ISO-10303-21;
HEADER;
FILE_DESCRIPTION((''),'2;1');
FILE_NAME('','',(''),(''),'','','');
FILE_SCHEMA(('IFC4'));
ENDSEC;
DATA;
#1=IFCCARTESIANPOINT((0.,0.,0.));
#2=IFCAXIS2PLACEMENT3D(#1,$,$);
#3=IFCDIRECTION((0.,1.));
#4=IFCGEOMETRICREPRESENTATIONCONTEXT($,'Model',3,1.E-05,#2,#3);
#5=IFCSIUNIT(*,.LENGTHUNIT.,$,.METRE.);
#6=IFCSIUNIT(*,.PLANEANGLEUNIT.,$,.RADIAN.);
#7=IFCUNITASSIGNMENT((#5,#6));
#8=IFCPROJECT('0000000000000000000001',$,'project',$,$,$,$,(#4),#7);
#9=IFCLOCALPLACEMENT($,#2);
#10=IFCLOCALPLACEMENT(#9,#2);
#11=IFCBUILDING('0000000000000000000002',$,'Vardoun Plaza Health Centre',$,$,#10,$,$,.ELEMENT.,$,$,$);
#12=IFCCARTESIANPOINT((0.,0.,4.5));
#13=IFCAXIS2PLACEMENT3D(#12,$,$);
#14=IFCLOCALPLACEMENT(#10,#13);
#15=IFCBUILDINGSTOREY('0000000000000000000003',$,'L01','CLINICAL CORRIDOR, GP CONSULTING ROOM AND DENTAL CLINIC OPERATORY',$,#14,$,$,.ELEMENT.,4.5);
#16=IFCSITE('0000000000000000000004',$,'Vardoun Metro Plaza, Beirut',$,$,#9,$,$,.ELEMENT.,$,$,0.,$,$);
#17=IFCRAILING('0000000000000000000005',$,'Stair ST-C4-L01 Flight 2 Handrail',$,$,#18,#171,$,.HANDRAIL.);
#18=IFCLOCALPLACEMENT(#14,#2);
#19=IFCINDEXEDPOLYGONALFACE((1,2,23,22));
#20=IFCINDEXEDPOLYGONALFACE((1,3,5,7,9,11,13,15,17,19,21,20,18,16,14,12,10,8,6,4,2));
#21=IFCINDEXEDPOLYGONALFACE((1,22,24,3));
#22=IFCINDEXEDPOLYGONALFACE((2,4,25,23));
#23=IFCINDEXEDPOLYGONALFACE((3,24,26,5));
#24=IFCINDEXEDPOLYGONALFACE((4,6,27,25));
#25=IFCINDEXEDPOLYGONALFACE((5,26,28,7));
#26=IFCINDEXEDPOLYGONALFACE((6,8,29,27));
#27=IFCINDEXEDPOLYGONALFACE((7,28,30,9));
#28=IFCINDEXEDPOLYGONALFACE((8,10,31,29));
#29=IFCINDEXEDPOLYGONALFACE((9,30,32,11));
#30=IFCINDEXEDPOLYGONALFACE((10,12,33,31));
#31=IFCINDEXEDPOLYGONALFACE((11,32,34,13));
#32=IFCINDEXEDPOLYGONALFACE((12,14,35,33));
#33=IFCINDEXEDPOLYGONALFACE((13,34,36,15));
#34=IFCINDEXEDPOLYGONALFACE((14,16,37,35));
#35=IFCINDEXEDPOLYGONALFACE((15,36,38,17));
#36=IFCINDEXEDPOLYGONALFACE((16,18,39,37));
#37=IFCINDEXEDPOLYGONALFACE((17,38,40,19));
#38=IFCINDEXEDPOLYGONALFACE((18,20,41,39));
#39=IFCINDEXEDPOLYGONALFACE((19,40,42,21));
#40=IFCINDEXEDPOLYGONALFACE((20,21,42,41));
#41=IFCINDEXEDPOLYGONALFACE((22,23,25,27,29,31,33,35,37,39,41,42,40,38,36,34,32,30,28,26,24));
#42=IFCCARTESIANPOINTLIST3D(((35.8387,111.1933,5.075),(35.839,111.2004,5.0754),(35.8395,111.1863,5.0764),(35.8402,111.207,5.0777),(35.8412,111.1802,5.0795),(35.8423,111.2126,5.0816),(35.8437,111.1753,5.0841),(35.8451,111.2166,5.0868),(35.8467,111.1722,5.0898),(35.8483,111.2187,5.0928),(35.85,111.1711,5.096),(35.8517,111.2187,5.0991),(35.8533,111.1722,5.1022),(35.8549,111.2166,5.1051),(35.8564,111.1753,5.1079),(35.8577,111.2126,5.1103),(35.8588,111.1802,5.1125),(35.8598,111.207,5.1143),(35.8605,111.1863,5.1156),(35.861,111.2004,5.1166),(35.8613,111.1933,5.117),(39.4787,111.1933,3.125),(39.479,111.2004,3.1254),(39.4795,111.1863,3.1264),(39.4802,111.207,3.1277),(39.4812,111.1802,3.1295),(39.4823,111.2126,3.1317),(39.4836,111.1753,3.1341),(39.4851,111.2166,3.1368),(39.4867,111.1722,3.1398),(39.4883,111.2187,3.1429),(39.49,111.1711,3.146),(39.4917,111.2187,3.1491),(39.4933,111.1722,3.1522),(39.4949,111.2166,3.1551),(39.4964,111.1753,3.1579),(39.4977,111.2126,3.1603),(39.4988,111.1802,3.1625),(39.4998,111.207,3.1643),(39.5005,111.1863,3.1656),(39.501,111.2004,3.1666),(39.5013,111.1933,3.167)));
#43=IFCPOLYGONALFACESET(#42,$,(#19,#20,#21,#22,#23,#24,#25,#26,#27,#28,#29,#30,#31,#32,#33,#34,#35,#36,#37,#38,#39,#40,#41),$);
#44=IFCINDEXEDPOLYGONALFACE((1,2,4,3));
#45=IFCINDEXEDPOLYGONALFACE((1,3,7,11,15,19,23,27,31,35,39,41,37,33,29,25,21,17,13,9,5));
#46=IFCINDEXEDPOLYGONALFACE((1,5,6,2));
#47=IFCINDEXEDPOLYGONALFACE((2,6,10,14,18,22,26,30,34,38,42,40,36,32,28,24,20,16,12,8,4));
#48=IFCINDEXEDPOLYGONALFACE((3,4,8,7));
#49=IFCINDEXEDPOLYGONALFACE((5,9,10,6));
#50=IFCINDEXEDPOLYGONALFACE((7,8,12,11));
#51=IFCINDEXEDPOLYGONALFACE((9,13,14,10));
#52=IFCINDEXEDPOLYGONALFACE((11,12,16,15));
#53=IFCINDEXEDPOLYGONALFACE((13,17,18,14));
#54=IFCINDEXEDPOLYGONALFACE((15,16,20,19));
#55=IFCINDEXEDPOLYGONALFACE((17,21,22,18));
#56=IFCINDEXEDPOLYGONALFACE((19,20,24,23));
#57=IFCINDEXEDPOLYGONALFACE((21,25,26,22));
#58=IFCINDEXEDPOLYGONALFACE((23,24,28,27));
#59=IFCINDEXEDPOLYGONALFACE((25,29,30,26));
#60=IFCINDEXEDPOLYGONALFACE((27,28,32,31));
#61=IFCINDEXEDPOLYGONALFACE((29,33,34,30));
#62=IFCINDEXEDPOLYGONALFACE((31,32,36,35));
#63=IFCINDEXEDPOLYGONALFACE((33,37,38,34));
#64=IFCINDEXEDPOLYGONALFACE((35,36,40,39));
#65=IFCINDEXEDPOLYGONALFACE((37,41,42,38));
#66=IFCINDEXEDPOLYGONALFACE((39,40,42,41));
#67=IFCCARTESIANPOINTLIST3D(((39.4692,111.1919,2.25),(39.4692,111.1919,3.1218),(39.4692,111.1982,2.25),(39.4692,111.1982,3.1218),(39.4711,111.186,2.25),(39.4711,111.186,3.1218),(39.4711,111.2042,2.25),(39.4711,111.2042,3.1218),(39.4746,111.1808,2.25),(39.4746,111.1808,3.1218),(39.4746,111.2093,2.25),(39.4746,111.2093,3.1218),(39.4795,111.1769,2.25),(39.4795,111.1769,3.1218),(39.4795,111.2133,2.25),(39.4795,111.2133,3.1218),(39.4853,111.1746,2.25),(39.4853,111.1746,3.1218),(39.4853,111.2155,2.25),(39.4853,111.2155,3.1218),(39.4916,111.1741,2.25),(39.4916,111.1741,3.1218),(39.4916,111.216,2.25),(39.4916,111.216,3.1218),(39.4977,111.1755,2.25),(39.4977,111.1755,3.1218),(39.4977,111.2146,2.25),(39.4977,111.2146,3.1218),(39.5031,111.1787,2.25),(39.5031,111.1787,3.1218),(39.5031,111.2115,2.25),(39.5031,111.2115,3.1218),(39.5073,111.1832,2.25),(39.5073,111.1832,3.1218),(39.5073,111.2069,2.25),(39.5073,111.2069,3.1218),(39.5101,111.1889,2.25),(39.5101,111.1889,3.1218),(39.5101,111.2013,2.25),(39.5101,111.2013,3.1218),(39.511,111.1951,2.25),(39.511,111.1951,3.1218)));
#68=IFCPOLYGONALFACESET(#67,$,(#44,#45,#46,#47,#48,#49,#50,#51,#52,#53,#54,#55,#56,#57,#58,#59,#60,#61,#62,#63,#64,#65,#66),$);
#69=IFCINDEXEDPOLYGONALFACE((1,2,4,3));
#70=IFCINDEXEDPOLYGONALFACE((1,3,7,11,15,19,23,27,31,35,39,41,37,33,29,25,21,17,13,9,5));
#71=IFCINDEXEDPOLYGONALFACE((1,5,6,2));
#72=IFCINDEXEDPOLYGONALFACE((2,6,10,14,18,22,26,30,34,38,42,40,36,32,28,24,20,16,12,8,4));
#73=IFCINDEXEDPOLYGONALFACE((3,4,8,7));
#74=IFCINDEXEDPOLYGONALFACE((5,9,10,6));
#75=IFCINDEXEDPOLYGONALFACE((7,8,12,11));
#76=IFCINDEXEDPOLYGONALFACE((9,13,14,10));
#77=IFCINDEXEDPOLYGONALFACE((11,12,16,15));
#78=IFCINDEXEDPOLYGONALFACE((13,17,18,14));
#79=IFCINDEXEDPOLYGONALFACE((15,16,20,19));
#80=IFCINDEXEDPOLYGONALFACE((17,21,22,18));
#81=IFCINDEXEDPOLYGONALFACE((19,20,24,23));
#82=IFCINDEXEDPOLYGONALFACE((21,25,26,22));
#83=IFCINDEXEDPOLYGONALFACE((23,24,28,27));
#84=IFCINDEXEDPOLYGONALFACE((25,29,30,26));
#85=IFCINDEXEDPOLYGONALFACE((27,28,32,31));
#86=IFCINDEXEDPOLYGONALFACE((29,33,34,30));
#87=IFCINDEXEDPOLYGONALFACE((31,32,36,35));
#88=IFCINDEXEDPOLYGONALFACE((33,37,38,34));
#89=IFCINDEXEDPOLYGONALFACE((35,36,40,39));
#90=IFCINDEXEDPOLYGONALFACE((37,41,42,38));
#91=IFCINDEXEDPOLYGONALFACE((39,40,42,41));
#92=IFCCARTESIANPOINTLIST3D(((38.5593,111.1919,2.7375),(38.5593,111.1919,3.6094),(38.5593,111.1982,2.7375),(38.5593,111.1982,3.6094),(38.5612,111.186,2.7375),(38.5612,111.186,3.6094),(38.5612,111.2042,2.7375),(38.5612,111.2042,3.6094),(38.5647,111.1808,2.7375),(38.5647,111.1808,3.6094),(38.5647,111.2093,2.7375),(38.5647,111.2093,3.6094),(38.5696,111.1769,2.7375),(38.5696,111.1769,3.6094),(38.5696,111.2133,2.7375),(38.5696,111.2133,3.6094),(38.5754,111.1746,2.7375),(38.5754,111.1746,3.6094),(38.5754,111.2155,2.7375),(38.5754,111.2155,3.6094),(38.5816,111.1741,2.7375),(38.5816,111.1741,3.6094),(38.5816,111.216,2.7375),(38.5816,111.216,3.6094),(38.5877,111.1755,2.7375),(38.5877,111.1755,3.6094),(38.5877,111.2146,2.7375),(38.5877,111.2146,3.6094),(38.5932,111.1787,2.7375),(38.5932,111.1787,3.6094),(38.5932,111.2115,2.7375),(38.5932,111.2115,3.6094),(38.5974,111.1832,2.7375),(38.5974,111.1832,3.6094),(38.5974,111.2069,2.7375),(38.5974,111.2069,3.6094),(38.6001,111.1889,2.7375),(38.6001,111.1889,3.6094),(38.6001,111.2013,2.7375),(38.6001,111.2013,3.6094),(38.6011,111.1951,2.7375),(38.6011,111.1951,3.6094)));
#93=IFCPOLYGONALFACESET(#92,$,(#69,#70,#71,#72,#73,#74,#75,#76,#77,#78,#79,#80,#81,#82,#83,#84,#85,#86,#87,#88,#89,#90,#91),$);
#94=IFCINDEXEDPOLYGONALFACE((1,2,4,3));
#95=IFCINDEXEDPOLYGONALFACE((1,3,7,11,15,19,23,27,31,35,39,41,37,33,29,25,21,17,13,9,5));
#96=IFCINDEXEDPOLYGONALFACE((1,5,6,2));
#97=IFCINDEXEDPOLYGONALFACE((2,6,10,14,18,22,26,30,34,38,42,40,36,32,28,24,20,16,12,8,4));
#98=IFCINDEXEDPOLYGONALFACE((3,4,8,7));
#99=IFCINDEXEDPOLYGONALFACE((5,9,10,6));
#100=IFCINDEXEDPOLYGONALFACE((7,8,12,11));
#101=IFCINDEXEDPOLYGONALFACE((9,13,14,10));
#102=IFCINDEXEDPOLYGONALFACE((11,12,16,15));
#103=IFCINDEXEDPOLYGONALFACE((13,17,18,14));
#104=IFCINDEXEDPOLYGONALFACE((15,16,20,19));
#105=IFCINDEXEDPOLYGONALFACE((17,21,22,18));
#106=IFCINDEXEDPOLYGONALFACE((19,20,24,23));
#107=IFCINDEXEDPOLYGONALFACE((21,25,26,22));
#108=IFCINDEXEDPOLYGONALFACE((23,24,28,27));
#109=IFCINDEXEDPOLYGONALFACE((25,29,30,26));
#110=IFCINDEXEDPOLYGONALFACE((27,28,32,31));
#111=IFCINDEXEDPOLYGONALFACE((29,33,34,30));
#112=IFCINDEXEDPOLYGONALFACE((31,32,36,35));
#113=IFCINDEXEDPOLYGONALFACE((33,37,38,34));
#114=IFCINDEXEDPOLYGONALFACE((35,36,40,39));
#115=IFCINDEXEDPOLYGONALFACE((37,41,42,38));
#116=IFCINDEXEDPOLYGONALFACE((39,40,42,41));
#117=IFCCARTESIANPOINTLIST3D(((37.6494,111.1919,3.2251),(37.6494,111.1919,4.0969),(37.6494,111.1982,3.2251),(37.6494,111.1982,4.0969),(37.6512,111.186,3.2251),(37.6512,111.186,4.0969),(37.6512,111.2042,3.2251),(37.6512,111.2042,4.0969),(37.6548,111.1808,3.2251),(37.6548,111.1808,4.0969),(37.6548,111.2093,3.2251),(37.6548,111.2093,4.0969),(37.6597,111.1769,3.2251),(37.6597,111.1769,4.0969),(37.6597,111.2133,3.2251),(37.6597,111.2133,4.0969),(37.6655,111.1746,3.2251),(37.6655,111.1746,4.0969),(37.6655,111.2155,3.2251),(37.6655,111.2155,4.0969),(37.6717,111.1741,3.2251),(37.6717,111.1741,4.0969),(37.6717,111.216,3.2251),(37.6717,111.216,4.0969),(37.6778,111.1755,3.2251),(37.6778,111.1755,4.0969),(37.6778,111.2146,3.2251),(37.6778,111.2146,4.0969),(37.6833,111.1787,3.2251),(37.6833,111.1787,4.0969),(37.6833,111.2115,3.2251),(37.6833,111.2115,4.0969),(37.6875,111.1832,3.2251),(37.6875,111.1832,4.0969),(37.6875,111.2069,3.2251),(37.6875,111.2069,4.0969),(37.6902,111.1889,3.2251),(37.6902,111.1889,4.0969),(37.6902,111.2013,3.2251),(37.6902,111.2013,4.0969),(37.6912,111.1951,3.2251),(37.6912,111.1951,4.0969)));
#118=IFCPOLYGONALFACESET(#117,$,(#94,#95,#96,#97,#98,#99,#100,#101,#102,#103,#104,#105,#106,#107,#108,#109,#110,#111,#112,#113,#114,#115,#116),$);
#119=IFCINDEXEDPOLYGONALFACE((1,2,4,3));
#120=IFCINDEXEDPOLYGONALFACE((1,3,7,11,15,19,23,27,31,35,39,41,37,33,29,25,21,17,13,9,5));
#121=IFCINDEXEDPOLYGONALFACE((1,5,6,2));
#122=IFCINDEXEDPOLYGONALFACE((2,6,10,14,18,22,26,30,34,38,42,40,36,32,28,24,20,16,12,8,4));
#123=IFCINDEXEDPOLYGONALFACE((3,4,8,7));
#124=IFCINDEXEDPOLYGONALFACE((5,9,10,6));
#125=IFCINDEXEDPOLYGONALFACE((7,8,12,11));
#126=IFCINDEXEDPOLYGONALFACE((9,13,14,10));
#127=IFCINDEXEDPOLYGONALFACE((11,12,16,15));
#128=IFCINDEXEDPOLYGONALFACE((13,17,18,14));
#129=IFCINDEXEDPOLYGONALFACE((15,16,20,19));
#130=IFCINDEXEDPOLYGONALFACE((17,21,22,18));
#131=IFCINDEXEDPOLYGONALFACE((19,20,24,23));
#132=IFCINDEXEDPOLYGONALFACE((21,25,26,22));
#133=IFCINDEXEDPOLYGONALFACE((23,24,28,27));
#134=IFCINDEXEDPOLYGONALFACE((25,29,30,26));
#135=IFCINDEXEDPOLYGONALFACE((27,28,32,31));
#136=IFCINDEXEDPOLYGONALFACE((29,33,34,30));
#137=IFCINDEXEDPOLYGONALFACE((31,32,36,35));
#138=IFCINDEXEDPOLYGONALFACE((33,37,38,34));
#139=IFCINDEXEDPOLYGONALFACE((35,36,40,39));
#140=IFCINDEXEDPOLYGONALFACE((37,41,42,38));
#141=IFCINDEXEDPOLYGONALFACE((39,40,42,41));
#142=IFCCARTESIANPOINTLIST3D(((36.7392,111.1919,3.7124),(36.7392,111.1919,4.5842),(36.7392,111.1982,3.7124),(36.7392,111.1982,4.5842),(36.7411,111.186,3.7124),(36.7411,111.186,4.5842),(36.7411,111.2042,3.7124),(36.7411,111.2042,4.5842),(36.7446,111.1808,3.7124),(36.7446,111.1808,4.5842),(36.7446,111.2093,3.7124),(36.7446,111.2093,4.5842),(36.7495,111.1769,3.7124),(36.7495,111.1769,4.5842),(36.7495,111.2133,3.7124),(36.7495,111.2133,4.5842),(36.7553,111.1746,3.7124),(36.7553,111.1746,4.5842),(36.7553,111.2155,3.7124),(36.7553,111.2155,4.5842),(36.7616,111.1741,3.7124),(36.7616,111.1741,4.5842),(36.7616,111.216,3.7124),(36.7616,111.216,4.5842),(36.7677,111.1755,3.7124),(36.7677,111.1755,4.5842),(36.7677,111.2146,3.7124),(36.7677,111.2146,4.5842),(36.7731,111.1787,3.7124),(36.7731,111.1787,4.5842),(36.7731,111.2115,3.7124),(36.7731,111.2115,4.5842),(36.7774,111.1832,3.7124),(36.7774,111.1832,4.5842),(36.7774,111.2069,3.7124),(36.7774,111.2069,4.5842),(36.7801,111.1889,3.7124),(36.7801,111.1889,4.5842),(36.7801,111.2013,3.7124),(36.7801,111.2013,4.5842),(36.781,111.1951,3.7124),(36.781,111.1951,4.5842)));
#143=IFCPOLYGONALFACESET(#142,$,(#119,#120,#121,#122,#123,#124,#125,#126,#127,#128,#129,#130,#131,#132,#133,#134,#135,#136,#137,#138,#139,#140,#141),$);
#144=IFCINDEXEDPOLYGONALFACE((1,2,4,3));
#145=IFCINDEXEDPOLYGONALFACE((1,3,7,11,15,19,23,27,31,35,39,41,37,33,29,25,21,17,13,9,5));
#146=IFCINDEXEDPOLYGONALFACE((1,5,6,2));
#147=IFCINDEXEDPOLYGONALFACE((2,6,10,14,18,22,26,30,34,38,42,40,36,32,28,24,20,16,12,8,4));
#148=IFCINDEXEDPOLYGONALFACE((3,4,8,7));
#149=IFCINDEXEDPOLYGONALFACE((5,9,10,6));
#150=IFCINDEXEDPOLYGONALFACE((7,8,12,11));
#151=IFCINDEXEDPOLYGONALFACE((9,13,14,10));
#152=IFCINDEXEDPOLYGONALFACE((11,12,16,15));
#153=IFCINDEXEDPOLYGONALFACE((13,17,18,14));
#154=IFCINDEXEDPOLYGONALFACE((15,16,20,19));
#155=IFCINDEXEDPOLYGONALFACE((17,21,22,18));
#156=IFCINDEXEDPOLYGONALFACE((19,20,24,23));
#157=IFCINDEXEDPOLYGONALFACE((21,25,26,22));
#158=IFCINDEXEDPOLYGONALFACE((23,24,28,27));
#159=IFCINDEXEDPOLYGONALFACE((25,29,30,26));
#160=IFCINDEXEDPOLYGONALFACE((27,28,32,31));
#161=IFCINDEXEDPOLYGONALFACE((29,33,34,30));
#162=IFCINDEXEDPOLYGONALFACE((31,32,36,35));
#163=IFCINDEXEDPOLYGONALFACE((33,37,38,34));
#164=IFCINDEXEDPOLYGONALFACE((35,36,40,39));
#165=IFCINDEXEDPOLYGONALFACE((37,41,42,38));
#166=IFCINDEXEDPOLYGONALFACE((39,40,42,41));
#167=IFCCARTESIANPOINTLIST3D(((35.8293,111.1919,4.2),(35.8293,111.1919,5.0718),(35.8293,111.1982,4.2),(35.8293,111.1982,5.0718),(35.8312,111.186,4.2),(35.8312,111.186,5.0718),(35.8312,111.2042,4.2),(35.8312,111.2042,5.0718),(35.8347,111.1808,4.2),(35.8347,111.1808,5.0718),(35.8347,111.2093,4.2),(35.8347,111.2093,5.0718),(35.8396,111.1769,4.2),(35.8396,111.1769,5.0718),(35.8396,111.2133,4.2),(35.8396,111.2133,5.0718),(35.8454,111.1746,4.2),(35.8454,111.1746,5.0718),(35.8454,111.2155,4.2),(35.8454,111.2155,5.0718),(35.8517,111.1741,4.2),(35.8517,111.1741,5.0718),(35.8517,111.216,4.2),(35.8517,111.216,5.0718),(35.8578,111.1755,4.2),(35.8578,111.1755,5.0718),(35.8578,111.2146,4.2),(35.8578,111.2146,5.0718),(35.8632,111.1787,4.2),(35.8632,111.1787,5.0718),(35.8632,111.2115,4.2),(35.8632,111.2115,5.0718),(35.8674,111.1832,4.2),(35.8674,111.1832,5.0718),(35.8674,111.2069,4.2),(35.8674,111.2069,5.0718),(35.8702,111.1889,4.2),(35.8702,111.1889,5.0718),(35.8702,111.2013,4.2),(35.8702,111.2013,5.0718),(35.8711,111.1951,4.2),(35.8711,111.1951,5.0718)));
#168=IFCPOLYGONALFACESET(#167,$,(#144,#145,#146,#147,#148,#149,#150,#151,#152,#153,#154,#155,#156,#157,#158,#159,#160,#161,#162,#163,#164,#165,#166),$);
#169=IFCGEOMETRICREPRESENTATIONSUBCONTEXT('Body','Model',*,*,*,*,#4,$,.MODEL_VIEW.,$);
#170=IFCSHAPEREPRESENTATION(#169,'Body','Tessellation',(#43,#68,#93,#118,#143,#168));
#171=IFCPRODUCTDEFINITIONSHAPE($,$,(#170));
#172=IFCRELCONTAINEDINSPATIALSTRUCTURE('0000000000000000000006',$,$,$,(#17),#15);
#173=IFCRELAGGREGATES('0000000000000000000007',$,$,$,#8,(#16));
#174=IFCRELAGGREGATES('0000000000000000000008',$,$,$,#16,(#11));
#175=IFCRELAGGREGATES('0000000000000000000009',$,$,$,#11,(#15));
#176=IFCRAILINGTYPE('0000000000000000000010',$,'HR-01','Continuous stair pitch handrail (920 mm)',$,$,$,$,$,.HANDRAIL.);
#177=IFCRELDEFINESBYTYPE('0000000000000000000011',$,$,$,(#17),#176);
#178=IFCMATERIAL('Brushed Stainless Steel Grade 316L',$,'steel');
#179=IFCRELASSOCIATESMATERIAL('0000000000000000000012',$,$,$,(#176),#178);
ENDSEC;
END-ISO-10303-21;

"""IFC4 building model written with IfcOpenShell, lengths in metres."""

from ifc_helpers import new_model, si_unit, direction, frame, origin, origin_2d, place, context, subcontext, project, spatial, circle, extrude, material, type_object, element, save


model = new_model("IFC4")

# Units and contexts
model_context = context("Model", 3, precision=1e-05, world=origin(), true_north=direction((0.0, 1.0)))
body_context = subcontext(model_context, "Body", "Model", "MODEL_VIEW")
ifc_project = project(units=[si_unit("LENGTHUNIT", "METRE"), si_unit("PLANEANGLEUNIT", "RADIAN")], contexts=[model_context])

# Site, building, storey
site_placement = place(None, origin())
site = spatial("IfcSite", under=ifc_project, at=site_placement, Name="Vardoun Metro Plaza, Beirut", CompositionType="ELEMENT", RefElevation=0.0)
building_placement = place(site_placement, origin())
building = spatial("IfcBuilding", under=site, at=building_placement, Name="Vardoun Plaza Health Centre", CompositionType="ELEMENT")
storey_placement = place(building_placement, frame((0.0, 0.0, 4.5)))
storey = spatial("IfcBuildingStorey", under=building, at=storey_placement, Name="L01", Description="CLINICAL CORRIDOR, GP CONSULTING ROOM AND DENTAL CLINIC OPERATORY", CompositionType="ELEMENT", Elevation=4.5)

# Railing
ifc_material_1 = material(Name="Brushed Stainless Steel Grade 316L", Category="steel")
railing_type_1 = type_object("IfcRailingType", Name="HR-01", Description="Continuous stair pitch handrail (920 mm)", PredefinedType="HANDRAIL", material=ifc_material_1)
railing_1_placement = place(storey_placement, frame((39.49, 111.1951, 2.25)))
element("IfcRailing", 1, at=railing_1_placement, inside=storey, type_object=railing_type_1, Name="Stair ST-C4-L01 Flight 2 Handrail", PredefinedType="HANDRAIL", context=body_context, shape_type="SweptSolid", body=[
    extrude(circle(Radius=0.0239, at=origin_2d()), frame((0.0, 0.0, 0.896), z_axis=(-0.881479, 0.0, 0.472223), x_axis=(0.0, -1.0, 0.0)), (0.0, 0.0, 1.0), 4.1294),
    extrude(circle(Radius=0.021, at=origin_2d()), origin(), (0.0, 0.0, 1.0), 0.8718),
    extrude(circle(Radius=0.021, at=origin_2d()), frame((-0.9099, 0.0, 0.4875)), (0.0, 0.0, 1.0), 0.8718),
    extrude(circle(Radius=0.021, at=origin_2d()), frame((-1.8198, 0.0, 0.9751)), (0.0, 0.0, 1.0), 0.8718),
    extrude(circle(Radius=0.021, at=origin_2d()), frame((-2.73, 0.0, 1.4624)), (0.0, 0.0, 1.0), 0.8718),
    extrude(circle(Radius=0.021, at=origin_2d()), frame((-3.6399, 0.0, 1.95)), (0.0, 0.0, 1.0), 0.8718),
])

save(model, "model.ifc")
